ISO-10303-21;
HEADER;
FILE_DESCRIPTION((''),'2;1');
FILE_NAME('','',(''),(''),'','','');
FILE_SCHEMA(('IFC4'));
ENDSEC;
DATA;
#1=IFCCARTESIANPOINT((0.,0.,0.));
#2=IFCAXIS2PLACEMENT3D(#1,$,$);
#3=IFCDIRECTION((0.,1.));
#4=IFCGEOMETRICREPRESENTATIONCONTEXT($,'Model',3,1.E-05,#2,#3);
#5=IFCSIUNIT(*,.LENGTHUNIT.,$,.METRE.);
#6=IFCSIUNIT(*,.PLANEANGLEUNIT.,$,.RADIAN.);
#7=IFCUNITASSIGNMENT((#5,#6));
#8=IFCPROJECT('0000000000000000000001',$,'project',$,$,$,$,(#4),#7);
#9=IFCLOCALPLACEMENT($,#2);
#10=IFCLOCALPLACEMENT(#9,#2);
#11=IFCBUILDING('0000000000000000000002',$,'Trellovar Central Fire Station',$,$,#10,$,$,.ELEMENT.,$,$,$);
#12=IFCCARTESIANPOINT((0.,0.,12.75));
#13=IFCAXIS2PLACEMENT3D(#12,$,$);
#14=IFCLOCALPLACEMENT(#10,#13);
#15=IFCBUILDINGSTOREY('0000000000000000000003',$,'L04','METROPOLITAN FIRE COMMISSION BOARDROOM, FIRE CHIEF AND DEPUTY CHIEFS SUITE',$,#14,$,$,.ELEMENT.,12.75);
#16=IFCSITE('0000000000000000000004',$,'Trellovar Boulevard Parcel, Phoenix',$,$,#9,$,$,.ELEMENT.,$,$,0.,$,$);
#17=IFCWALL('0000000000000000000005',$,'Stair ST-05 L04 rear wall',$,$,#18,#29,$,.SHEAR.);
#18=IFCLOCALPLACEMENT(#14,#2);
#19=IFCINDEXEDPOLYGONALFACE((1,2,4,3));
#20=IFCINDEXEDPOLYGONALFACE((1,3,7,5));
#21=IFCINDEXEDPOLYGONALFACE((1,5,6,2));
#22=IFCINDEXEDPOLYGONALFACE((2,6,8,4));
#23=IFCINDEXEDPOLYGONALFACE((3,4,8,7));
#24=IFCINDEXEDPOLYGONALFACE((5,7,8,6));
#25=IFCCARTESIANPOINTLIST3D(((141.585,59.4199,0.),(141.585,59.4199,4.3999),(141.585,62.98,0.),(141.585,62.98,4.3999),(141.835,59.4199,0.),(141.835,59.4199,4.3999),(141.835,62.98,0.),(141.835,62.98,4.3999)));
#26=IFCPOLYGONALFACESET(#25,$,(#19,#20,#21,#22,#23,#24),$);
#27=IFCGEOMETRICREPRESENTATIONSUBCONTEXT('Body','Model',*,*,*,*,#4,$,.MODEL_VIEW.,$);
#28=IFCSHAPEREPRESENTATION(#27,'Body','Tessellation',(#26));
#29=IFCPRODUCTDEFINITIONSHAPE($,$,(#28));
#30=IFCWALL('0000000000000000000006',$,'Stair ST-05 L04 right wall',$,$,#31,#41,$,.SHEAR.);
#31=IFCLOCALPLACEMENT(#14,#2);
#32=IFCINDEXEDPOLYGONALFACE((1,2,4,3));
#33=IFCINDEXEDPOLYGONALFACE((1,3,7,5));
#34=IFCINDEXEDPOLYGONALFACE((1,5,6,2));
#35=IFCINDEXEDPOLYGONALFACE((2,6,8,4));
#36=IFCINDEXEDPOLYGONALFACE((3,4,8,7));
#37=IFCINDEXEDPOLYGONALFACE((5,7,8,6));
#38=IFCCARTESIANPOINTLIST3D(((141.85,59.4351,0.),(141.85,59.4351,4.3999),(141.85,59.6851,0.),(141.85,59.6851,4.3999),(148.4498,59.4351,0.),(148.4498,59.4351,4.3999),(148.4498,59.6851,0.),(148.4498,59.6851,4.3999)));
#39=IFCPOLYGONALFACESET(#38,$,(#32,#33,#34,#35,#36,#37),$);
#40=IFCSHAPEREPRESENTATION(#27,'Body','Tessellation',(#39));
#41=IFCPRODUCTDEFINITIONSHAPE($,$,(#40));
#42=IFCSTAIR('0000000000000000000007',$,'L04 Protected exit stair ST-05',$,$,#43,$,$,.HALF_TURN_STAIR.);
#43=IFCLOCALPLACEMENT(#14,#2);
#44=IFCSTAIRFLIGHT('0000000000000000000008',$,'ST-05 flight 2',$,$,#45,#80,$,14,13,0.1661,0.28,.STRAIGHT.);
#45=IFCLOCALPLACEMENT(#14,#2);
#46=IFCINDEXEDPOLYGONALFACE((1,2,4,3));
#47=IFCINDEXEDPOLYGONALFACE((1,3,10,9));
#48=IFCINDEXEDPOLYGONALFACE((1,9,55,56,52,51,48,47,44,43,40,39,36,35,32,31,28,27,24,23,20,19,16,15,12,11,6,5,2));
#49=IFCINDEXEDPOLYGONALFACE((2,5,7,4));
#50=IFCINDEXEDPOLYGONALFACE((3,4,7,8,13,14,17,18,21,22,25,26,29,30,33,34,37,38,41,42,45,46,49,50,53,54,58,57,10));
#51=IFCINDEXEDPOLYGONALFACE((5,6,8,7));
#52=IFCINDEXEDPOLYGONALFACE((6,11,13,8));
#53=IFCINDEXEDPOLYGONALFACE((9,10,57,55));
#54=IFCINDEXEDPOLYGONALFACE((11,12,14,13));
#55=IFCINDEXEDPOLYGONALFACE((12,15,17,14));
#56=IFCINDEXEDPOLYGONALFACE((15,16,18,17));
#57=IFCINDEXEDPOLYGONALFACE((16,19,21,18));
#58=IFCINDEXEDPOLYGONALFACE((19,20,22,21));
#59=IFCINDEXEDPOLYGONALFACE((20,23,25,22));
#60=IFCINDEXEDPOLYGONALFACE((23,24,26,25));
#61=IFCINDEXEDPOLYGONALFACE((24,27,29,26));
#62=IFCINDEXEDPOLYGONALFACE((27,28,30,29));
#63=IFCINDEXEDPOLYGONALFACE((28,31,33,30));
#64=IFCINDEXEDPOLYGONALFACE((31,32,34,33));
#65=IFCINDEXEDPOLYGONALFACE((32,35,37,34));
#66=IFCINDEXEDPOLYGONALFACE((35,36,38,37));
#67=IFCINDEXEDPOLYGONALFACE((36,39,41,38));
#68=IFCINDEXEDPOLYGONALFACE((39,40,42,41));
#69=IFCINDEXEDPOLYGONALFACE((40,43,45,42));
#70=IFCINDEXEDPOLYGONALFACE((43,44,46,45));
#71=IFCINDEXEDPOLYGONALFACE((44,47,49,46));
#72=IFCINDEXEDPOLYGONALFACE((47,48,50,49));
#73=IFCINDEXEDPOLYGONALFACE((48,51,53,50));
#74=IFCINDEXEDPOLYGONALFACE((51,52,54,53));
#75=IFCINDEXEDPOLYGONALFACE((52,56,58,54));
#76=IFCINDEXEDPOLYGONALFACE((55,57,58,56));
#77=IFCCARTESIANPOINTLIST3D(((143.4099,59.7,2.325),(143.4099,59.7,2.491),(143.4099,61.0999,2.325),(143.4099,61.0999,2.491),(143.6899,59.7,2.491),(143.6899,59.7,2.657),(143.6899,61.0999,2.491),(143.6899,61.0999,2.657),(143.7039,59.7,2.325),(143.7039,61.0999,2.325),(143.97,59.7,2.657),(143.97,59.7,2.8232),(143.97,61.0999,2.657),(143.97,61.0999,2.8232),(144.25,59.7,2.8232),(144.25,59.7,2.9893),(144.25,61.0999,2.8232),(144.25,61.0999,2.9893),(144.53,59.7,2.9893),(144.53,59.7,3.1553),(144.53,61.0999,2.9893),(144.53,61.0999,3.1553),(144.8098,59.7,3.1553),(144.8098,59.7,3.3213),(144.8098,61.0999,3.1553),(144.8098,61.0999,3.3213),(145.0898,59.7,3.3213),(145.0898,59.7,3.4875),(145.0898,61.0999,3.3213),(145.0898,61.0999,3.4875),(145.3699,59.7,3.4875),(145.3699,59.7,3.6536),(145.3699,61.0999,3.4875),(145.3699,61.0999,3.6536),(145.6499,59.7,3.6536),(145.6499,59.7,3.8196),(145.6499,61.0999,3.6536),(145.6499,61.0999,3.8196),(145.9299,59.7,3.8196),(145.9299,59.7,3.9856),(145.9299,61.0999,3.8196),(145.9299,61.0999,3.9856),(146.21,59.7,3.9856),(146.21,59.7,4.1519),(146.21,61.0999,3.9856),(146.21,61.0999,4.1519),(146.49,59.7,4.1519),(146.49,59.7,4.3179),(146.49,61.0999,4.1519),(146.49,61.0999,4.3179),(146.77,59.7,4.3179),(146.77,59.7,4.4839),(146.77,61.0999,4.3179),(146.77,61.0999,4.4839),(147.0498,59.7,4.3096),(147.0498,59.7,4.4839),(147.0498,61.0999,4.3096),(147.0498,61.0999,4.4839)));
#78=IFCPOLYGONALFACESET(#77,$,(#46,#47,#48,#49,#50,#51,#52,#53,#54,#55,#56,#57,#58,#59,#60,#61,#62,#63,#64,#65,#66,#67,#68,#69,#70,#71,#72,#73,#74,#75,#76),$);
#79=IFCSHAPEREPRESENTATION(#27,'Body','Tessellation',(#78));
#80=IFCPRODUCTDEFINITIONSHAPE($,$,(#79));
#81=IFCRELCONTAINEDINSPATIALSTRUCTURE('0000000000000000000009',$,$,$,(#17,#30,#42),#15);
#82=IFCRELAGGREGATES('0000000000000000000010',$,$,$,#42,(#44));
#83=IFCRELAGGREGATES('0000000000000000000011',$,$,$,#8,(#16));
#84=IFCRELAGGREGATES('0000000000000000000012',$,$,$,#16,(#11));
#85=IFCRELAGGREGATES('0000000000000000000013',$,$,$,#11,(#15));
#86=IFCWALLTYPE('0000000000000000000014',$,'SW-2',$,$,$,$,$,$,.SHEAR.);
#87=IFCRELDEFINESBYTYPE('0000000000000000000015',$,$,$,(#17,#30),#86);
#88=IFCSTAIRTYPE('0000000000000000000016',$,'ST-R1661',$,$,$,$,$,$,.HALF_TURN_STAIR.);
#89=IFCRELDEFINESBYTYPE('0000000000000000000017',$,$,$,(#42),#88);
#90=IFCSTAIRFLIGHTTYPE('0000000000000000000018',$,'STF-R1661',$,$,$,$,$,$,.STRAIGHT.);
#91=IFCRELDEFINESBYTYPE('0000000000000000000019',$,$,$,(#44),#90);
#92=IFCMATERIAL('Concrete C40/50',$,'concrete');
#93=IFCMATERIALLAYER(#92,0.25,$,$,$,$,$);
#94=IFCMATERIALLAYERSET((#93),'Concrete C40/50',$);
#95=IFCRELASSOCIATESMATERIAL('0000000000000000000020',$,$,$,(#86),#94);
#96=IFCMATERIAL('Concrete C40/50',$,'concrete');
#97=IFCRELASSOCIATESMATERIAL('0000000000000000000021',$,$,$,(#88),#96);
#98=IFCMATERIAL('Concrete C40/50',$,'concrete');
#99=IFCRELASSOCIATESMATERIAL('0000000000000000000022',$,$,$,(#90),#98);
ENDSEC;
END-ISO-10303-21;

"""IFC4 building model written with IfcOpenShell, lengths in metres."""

from ifc_helpers import new_model, si_unit, direction, frame, frame_2d, origin, place, context, subcontext, project, spatial, polyline, rectangle, outline, extrude, material, layer, layer_set, type_object, element, aggregate, save


model = new_model("IFC4")

# Units and contexts
model_context = context("Model", 3, precision=1e-05, world=origin(), true_north=direction((0.0, 1.0)))
body_context = subcontext(model_context, "Body", "Model", "MODEL_VIEW")
ifc_project = project(units=[si_unit("LENGTHUNIT", "METRE"), si_unit("PLANEANGLEUNIT", "RADIAN")], contexts=[model_context])

# Site, building, storey
site_placement = place(None, origin())
site = spatial("IfcSite", under=ifc_project, at=site_placement, Name="Trellovar Boulevard Parcel, Phoenix", CompositionType="ELEMENT", RefElevation=0.0)
building_placement = place(site_placement, origin())
building = spatial("IfcBuilding", under=site, at=building_placement, Name="Trellovar Central Fire Station", CompositionType="ELEMENT")
storey_placement = place(building_placement, frame((0.0, 0.0, 12.75)))
storey = spatial("IfcBuildingStorey", under=building, at=storey_placement, Name="L04", Description="METROPOLITAN FIRE COMMISSION BOARDROOM, FIRE CHIEF AND DEPUTY CHIEFS SUITE", CompositionType="ELEMENT", Elevation=12.75)

# Walls
ifc_material_1 = material(Name="Concrete C40/50", Category="concrete")
ifc_layer_1 = layer(ifc_material_1, 0.25)
ifc_layer_set_1 = layer_set([ifc_layer_1], Name="Concrete C40/50")
wall_type_1 = type_object("IfcWallType", Name="SW-2", PredefinedType="SHEAR", material=ifc_layer_set_1)
wall_1_placement = place(storey_placement, frame((141.71, 59.4199, 0.0), z_axis=(0.0, 0.0, 1.0), x_axis=(0.0, 1.0, 0.0)))
element("IfcWall", 1, at=wall_1_placement, inside=storey, type_object=wall_type_1, Name="Stair ST-05 L04 rear wall", PredefinedType="SHEAR", context=body_context, shape_type="SweptSolid", body=[
    extrude(rectangle(XDim=3.5601, YDim=0.25, at=frame_2d((1.78, 0.0))), origin(), (0.0, 0.0, 1.0), 4.3999),
])
wall_2_placement = place(storey_placement, frame((141.8501, 59.5601, 0.0), z_axis=(0.0, 0.0, 1.0), x_axis=(1.0, 0.0, 0.0)))
element("IfcWall", 2, at=wall_2_placement, inside=storey, type_object=wall_type_1, Name="Stair ST-05 L04 right wall", PredefinedType="SHEAR", context=body_context, shape_type="SweptSolid", body=[
    extrude(rectangle(XDim=6.5999, YDim=0.25, at=frame_2d((3.2998, 0.0))), origin(), (0.0, 0.0, 1.0), 4.3999),
])

# Stair, stair flight
ifc_material_2 = material(Name="Concrete C40/50", Category="concrete")
stair_type = type_object("IfcStairType", Name="ST-R1661", PredefinedType="HALF_TURN_STAIR", material=ifc_material_2)
stair_placement = place(storey_placement, origin())
stair = element("IfcStair", 3, at=stair_placement, inside=storey, type_object=stair_type, Name="L04 Protected exit stair ST-05", PredefinedType="HALF_TURN_STAIR")
ifc_material_3 = material(Name="Concrete C40/50", Category="concrete")
stair_flight_type = type_object("IfcStairFlightType", Name="STF-R1661", PredefinedType="STRAIGHT", material=ifc_material_3)
stair_flight_placement = place(storey_placement, frame((143.4099, 60.3999, 2.325), z_axis=(0.0, 0.0, 1.0), x_axis=(1.0, 0.0, 0.0)))
stair_flight = element("IfcStairFlight", 4, at=stair_flight_placement, type_object=stair_flight_type, Name="ST-05 flight 2", NumberOfRisers=14, NumberOfTreads=13, PredefinedType="STRAIGHT", RiserHeight=0.1661, TreadLength=0.28, context=body_context, shape_type="SweptSolid", body=[
    extrude(outline(polyline([(0.0, 0.0), (0.0, 0.166), (0.28, 0.166), (0.28, 0.332), (0.5601, 0.332), (0.5601, 0.4983), (0.8401, 0.4983), (0.8401, 0.6643), (1.1201, 0.6643), (1.1201, 0.8303), (1.3999, 0.8303), (1.3999, 0.9963), (1.6799, 0.9963), (1.6799, 1.1626), (1.96, 1.1626), (1.96, 1.3286), (2.24, 1.3286), (2.24, 1.4946), (2.52, 1.4946), (2.52, 1.6606), (2.8, 1.6606), (2.8, 1.8269), (3.0801, 1.8269), (3.0801, 1.9929), (3.3601, 1.9929), (3.3601, 2.1589), (3.6399, 2.1589), (3.6399, 2.325), (3.6399, 1.9846), (0.2939, 0.0), (0.0, 0.0)])), frame((0.0, 0.7, 0.0), z_axis=(0.0, -1.0, 0.0), x_axis=(1.0, 0.0, 0.0)), (0.0, 0.0, 1.0), 1.3999),
])
aggregate(stair, [stair_flight])

save(model, "model.ifc")
